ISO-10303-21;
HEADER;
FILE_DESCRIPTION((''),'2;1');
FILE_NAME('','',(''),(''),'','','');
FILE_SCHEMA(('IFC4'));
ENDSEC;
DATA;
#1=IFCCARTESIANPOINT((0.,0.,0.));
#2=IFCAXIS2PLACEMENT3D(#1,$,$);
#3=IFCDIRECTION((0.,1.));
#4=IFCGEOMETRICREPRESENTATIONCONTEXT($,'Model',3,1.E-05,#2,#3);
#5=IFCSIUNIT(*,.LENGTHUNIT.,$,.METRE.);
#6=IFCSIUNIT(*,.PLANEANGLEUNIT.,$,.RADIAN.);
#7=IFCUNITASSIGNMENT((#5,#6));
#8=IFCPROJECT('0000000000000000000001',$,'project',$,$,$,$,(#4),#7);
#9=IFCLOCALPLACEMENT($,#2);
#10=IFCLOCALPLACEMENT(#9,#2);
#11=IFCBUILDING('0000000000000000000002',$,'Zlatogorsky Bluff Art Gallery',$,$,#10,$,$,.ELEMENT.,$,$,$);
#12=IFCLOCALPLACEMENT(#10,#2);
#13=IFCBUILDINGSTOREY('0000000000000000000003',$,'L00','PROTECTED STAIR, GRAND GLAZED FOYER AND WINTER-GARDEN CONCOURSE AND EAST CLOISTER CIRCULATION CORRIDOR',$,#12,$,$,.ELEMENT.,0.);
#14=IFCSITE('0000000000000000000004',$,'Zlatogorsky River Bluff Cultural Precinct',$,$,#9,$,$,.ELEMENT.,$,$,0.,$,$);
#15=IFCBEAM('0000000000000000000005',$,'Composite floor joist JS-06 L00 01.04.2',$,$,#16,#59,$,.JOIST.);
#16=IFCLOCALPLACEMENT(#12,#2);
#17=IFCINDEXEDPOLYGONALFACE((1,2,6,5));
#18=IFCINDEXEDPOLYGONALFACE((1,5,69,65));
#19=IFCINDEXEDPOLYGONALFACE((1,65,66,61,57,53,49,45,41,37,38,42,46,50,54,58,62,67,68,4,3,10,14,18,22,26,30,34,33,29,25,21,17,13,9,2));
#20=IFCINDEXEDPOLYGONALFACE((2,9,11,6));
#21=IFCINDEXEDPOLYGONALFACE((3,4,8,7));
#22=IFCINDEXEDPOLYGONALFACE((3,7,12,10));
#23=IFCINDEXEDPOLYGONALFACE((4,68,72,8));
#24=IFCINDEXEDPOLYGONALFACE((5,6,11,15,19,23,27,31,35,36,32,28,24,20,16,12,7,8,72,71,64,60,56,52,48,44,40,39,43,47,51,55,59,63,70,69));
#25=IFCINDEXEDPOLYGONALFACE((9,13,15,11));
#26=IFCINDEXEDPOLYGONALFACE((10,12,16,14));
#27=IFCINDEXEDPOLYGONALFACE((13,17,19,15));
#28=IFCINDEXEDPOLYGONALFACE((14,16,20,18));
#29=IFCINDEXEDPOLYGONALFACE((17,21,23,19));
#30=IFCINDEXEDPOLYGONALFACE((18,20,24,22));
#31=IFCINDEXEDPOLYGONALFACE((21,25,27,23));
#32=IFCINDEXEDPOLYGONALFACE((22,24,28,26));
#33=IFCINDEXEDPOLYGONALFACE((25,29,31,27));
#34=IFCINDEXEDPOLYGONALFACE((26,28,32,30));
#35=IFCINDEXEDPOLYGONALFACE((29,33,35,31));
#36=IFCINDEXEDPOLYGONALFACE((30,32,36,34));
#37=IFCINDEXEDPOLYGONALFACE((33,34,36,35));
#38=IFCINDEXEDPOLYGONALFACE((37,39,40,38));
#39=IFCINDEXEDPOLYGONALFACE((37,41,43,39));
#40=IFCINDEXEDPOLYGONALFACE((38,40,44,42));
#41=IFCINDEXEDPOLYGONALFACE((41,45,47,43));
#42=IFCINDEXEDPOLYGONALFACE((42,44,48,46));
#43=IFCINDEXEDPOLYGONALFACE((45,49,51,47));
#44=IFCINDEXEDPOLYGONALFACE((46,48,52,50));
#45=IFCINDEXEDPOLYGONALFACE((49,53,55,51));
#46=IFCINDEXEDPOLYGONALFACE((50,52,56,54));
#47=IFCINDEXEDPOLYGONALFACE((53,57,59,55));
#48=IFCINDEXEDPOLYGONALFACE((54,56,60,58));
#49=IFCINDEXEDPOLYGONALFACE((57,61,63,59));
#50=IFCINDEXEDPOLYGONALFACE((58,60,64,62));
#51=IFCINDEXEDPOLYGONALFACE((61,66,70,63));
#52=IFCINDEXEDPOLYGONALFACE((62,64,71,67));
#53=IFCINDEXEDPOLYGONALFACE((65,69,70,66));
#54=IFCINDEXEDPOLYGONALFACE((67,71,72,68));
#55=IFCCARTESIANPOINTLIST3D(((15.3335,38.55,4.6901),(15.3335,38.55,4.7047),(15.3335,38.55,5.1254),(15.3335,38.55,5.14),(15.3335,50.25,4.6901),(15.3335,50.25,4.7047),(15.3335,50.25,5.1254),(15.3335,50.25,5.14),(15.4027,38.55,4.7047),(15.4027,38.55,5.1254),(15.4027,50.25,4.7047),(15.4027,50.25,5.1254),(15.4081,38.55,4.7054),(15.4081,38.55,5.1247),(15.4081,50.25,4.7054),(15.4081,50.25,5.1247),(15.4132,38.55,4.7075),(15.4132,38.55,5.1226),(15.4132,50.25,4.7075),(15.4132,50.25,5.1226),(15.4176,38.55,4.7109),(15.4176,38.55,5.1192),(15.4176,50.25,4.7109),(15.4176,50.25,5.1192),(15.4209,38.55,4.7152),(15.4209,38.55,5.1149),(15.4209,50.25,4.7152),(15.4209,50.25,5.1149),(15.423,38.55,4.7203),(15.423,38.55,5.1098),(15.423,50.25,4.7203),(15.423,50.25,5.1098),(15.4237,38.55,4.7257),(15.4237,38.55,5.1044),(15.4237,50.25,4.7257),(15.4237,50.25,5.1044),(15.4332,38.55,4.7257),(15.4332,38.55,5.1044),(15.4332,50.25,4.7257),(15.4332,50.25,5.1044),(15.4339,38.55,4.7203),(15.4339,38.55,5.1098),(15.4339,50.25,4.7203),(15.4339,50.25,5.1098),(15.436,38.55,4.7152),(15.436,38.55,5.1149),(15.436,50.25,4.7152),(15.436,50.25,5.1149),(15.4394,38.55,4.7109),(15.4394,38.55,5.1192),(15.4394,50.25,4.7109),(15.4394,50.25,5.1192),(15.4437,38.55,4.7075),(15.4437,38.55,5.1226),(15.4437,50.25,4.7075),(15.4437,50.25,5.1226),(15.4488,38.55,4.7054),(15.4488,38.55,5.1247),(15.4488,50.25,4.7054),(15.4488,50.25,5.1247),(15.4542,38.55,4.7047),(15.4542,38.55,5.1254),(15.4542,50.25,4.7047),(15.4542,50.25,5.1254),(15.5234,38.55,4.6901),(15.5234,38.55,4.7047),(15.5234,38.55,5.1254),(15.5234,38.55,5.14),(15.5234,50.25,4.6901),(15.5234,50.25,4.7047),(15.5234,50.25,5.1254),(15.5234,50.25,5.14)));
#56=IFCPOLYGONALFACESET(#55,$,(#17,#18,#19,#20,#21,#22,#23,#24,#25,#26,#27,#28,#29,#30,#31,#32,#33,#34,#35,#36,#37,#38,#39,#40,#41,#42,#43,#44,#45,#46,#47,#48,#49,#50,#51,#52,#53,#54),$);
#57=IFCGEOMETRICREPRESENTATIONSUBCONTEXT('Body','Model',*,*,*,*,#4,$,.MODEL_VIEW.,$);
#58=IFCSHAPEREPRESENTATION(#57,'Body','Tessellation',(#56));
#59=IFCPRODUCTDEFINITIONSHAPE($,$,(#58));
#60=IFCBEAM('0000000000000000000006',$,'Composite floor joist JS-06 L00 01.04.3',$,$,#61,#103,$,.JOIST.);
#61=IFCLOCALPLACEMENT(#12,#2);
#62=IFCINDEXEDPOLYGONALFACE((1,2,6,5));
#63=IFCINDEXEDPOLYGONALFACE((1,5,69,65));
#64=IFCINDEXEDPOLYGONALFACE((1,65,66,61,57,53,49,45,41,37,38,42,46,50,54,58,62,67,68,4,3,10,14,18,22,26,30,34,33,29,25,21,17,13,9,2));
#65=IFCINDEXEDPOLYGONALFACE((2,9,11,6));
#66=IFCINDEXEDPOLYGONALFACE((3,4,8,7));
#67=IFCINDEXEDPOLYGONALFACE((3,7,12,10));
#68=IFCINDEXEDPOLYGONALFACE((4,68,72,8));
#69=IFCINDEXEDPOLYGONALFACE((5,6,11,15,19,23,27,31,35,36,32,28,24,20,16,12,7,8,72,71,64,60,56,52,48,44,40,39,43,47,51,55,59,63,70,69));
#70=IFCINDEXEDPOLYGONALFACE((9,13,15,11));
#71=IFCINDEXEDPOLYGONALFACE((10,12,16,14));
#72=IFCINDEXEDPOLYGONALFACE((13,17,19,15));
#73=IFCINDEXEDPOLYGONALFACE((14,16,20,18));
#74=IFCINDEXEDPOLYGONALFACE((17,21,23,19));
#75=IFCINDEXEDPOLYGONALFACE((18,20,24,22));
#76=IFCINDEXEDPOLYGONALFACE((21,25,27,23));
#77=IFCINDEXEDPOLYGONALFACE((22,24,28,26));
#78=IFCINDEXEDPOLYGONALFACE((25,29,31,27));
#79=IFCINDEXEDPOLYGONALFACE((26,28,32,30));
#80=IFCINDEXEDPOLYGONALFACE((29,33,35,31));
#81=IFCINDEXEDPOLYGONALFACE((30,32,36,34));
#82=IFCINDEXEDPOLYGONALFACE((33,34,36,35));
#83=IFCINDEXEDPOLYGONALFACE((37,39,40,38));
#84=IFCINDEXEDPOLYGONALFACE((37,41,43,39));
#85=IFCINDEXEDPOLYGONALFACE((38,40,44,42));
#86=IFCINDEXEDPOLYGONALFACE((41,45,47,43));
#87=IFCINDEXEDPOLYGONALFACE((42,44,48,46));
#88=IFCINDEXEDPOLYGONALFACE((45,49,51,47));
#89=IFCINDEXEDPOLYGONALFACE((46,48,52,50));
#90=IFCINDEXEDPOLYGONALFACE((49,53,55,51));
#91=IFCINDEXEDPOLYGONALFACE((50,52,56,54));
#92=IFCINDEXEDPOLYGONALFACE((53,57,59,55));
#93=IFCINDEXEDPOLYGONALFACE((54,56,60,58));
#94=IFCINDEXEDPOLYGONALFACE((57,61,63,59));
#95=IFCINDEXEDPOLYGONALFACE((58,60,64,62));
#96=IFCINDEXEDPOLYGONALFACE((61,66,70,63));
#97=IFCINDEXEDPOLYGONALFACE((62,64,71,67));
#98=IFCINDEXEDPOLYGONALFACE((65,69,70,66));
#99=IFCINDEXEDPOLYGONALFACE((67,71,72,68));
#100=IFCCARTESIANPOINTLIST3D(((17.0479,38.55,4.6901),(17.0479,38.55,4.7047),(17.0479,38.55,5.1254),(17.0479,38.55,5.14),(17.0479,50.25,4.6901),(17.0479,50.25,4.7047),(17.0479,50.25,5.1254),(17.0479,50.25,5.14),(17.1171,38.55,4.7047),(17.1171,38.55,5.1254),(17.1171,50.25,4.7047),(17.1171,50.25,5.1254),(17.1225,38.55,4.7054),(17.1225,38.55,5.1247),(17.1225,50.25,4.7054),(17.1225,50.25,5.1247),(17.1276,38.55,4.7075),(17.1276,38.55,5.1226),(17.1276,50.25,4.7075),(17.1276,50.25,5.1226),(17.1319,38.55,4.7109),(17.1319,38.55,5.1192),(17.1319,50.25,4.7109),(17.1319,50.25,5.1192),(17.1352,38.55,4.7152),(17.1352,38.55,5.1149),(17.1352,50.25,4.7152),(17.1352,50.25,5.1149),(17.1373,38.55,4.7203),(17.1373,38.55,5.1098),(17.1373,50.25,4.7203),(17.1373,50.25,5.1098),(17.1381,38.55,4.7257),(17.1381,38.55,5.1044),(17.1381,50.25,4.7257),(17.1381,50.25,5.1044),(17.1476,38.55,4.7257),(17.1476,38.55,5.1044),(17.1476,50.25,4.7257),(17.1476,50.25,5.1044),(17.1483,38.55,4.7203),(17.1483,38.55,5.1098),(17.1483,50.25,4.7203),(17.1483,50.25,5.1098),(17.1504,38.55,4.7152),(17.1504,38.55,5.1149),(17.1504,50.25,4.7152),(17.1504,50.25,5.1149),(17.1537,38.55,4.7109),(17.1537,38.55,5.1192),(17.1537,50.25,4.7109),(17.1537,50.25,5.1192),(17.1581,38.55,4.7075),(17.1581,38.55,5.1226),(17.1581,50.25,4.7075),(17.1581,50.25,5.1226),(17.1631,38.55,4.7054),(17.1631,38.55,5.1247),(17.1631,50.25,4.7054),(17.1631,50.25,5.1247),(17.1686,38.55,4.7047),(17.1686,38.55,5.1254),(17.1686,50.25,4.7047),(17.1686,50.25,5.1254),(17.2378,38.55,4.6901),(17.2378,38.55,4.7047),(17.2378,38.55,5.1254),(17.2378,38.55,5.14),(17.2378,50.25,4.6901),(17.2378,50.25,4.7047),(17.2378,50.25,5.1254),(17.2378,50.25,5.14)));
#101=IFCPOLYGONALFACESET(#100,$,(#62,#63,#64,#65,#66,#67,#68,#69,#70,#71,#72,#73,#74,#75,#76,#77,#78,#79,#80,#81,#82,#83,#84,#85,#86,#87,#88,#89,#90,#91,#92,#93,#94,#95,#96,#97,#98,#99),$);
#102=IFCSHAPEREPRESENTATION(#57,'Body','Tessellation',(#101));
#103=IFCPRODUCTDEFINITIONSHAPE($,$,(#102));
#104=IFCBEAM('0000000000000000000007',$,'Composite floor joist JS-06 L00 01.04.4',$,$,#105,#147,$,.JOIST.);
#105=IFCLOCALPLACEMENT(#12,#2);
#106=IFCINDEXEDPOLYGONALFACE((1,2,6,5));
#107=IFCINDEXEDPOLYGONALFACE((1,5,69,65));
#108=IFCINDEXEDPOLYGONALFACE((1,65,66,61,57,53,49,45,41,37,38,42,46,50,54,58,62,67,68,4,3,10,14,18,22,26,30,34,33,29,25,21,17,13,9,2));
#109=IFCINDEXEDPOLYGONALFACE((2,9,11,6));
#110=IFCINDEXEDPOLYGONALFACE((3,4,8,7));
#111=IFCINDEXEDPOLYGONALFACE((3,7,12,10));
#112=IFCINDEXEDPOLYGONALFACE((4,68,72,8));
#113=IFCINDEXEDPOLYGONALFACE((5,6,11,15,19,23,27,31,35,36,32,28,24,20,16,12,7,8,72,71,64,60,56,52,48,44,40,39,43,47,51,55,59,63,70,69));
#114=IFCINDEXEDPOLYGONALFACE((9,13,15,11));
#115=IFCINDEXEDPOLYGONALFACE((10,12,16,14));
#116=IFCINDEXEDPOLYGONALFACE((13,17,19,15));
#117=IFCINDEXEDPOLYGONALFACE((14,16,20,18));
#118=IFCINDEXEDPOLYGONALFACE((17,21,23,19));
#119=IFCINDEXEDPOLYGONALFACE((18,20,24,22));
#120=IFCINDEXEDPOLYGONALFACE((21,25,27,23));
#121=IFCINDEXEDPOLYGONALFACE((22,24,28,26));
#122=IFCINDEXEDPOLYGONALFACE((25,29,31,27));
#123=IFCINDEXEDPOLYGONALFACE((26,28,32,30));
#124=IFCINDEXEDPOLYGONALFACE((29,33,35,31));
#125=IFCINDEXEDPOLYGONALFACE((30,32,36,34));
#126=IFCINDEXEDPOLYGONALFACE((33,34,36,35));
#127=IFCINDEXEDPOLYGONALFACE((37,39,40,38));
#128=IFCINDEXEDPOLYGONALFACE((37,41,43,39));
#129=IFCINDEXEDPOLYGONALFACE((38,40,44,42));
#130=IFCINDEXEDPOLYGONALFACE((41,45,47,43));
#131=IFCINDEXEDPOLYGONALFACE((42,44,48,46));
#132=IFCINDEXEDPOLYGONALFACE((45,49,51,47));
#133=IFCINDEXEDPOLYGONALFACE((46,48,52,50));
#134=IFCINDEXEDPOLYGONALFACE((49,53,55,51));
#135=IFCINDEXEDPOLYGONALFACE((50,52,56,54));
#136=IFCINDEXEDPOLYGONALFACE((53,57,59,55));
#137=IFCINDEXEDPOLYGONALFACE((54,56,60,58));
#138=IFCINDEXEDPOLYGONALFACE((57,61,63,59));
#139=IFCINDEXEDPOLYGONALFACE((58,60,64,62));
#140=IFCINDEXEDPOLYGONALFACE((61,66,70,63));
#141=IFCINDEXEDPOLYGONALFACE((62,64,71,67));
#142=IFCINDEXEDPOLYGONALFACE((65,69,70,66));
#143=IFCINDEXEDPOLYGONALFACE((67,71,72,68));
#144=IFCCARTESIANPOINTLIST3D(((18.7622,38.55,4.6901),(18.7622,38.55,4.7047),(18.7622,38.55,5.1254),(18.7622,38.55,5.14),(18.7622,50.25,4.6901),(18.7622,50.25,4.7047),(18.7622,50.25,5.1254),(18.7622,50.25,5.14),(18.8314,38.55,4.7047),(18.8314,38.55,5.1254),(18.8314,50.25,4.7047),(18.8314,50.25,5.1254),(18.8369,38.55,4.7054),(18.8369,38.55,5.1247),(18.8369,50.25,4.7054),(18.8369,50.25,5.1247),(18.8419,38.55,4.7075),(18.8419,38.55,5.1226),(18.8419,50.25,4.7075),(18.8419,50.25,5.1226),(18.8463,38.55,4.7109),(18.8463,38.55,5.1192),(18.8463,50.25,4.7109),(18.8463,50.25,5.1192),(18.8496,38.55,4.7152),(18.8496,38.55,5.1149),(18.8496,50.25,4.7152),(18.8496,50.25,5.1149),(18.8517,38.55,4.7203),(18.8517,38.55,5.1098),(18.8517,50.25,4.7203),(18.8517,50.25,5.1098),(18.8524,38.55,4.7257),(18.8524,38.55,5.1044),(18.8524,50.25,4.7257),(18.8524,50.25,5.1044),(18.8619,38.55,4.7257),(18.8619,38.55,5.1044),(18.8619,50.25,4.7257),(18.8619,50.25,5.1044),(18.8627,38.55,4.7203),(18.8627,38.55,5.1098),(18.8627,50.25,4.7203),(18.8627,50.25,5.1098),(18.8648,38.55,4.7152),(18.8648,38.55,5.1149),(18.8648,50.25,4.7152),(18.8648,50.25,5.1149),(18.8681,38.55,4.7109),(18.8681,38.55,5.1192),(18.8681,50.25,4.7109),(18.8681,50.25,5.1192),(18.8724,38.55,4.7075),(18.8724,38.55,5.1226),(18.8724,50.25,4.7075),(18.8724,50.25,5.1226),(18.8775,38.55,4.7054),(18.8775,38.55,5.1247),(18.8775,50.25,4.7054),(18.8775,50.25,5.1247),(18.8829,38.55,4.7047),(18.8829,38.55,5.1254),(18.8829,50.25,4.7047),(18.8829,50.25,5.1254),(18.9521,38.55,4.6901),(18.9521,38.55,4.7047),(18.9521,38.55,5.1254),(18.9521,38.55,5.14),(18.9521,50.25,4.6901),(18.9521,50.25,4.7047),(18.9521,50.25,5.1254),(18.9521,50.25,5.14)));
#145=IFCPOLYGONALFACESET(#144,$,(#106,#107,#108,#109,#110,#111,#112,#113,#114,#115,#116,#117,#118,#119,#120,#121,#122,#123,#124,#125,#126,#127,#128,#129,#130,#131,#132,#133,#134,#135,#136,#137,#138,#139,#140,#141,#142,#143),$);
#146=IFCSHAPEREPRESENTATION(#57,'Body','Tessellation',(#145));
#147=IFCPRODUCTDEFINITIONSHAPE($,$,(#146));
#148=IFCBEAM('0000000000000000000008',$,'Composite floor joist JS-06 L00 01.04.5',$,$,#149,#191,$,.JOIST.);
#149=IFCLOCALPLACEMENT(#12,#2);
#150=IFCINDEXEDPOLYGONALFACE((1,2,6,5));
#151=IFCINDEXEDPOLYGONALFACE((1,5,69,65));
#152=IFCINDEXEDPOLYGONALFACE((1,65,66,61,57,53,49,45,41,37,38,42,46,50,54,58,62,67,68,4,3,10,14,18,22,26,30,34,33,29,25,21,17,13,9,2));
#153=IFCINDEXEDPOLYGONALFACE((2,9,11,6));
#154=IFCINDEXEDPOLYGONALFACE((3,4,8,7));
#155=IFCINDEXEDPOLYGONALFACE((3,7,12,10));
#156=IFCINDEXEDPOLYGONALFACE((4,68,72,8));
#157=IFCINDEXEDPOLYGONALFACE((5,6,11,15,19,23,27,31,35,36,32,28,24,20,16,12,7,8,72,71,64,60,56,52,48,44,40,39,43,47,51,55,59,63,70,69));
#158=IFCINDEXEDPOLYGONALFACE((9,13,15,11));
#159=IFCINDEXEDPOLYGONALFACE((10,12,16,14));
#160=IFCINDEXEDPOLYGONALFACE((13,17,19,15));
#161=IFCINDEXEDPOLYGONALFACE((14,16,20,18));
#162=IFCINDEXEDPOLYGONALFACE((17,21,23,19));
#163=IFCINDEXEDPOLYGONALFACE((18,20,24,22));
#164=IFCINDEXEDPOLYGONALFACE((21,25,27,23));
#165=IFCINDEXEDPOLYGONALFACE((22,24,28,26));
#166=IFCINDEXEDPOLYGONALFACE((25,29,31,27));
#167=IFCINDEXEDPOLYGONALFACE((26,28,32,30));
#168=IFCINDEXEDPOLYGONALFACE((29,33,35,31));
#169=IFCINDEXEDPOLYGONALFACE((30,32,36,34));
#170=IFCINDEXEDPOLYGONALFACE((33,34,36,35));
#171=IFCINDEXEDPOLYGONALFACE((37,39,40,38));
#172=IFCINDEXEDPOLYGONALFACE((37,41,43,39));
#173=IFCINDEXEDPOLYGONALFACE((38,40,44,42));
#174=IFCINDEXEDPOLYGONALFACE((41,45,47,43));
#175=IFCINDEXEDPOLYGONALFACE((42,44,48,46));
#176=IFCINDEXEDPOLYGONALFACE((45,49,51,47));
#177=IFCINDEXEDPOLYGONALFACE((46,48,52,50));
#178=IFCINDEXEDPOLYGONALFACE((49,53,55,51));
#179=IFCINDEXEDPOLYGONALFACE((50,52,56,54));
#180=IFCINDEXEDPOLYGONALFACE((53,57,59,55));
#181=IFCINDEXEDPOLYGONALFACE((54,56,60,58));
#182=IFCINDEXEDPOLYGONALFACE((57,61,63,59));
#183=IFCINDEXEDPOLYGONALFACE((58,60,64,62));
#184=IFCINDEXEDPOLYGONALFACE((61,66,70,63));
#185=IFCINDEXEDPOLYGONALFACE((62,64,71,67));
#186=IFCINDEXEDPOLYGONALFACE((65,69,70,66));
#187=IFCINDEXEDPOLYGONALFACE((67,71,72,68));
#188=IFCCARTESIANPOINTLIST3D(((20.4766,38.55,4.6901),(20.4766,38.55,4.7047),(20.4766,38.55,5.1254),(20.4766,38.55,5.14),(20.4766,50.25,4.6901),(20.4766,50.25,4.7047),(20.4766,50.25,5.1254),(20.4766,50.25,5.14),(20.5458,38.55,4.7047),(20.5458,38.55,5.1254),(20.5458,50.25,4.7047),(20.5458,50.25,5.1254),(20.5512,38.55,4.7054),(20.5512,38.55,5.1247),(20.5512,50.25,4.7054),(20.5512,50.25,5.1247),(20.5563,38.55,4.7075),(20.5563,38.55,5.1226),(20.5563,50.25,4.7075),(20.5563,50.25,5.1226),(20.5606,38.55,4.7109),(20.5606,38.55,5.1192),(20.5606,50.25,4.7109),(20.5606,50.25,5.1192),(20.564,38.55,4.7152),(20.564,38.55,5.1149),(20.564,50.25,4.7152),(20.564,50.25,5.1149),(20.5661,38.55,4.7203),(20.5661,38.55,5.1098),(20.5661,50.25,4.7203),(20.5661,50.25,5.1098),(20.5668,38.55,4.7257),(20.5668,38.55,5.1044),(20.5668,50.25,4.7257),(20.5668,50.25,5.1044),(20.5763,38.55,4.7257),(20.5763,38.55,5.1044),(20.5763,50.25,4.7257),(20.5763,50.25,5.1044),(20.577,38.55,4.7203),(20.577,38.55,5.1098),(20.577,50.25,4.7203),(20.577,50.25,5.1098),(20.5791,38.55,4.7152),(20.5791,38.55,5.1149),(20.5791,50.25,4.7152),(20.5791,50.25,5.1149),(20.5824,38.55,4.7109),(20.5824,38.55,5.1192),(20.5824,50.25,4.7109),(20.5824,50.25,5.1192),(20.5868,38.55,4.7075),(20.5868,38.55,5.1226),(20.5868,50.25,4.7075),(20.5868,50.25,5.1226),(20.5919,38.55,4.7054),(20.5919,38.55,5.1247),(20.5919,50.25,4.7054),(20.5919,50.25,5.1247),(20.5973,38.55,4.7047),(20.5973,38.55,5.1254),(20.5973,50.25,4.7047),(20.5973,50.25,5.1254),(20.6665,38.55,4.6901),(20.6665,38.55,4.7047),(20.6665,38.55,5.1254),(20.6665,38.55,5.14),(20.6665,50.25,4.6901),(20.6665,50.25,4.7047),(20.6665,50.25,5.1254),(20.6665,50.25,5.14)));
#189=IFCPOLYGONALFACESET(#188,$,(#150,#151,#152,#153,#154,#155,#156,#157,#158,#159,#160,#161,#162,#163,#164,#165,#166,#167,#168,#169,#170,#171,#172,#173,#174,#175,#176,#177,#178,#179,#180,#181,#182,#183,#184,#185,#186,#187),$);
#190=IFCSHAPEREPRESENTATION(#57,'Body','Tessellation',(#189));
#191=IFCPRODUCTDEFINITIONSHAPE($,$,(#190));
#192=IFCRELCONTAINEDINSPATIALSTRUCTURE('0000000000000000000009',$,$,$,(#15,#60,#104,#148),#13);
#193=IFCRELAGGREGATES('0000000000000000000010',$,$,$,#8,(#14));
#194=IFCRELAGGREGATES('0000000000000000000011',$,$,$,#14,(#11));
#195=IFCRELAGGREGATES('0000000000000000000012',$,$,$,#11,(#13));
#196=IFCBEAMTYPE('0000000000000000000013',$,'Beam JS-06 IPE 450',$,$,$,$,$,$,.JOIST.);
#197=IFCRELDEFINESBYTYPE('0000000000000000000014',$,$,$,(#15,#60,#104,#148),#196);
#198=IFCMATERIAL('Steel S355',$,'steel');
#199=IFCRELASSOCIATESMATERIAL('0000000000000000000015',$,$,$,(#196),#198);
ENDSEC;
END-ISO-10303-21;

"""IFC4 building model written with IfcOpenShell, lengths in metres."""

from ifc_helpers import new_model, si_unit, direction, frame, origin, origin_2d, place, context, subcontext, project, spatial, i_section, extrude, material, material_profile, profile_set, type_object, element, save


model = new_model("IFC4")

# Units and contexts
model_context = context("Model", 3, precision=1e-05, world=origin(), true_north=direction((0.0, 1.0)))
body_context = subcontext(model_context, "Body", "Model", "MODEL_VIEW")
ifc_project = project(units=[si_unit("LENGTHUNIT", "METRE"), si_unit("PLANEANGLEUNIT", "RADIAN")], contexts=[model_context])

# Site, building, storey
site_placement = place(None, origin())
site = spatial("IfcSite", under=ifc_project, at=site_placement, Name="Zlatogorsky River Bluff Cultural Precinct", CompositionType="ELEMENT", RefElevation=0.0)
building_placement = place(site_placement, origin())
building = spatial("IfcBuilding", under=site, at=building_placement, Name="Zlatogorsky Bluff Art Gallery", CompositionType="ELEMENT")
storey_placement = place(building_placement, origin())
storey = spatial("IfcBuildingStorey", under=building, at=storey_placement, Name="L00", Description="PROTECTED STAIR, GRAND GLAZED FOYER AND WINTER-GARDEN CONCOURSE AND EAST CLOISTER CIRCULATION CORRIDOR", CompositionType="ELEMENT", Elevation=0.0)

# Shared definitions
ifc_material_1 = material(Name="Steel S355", Category="steel")

# Beams
ifc_material_profile_1 = material_profile(ifc_material_1, i_section(OverallWidth=0.1899, OverallDepth=0.45, WebThickness=0.0095, FlangeThickness=0.0146, FilletRadius=0.021, at=origin_2d()), Name="IPE 450")
ifc_profile_set_1 = profile_set([ifc_material_profile_1], Name="Steel S355")
beam_type_1 = type_object("IfcBeamType", Name="Beam JS-06 IPE 450", PredefinedType="JOIST", material=ifc_profile_set_1)
for number, where, z_axis, x_axis, name in (
    (1, (15.4285, 38.55, 4.915), (0.0, 1.0, 0.0), (-1.0, 0.0, 0.0), "Composite floor joist JS-06 L00 01.04.2"),
    (2, (17.1428, 38.55, 4.915), (0.0, 1.0, 0.0), (-1.0, 0.0, 0.0), "Composite floor joist JS-06 L00 01.04.3"),
    (3, (18.8572, 38.55, 4.915), (0.0, 1.0, 0.0), (-1.0, 0.0, 0.0), "Composite floor joist JS-06 L00 01.04.4"),
    (4, (20.5715, 38.55, 4.915), (0.0, 1.0, 0.0), (-1.0, 0.0, 0.0), "Composite floor joist JS-06 L00 01.04.5"),
):
    element("IfcBeam", number, at=place(storey_placement, frame(where, z_axis=z_axis, x_axis=x_axis)), inside=storey, type_object=beam_type_1, Name=name, PredefinedType="JOIST", context=body_context, shape_type="SweptSolid", body=[
        extrude(i_section(OverallWidth=0.1899, OverallDepth=0.45, WebThickness=0.0095, FlangeThickness=0.0146, FilletRadius=0.021, at=origin_2d()), origin(), (0.0, 0.0, 1.0), 11.7),
    ])

save(model, "model.ifc")
